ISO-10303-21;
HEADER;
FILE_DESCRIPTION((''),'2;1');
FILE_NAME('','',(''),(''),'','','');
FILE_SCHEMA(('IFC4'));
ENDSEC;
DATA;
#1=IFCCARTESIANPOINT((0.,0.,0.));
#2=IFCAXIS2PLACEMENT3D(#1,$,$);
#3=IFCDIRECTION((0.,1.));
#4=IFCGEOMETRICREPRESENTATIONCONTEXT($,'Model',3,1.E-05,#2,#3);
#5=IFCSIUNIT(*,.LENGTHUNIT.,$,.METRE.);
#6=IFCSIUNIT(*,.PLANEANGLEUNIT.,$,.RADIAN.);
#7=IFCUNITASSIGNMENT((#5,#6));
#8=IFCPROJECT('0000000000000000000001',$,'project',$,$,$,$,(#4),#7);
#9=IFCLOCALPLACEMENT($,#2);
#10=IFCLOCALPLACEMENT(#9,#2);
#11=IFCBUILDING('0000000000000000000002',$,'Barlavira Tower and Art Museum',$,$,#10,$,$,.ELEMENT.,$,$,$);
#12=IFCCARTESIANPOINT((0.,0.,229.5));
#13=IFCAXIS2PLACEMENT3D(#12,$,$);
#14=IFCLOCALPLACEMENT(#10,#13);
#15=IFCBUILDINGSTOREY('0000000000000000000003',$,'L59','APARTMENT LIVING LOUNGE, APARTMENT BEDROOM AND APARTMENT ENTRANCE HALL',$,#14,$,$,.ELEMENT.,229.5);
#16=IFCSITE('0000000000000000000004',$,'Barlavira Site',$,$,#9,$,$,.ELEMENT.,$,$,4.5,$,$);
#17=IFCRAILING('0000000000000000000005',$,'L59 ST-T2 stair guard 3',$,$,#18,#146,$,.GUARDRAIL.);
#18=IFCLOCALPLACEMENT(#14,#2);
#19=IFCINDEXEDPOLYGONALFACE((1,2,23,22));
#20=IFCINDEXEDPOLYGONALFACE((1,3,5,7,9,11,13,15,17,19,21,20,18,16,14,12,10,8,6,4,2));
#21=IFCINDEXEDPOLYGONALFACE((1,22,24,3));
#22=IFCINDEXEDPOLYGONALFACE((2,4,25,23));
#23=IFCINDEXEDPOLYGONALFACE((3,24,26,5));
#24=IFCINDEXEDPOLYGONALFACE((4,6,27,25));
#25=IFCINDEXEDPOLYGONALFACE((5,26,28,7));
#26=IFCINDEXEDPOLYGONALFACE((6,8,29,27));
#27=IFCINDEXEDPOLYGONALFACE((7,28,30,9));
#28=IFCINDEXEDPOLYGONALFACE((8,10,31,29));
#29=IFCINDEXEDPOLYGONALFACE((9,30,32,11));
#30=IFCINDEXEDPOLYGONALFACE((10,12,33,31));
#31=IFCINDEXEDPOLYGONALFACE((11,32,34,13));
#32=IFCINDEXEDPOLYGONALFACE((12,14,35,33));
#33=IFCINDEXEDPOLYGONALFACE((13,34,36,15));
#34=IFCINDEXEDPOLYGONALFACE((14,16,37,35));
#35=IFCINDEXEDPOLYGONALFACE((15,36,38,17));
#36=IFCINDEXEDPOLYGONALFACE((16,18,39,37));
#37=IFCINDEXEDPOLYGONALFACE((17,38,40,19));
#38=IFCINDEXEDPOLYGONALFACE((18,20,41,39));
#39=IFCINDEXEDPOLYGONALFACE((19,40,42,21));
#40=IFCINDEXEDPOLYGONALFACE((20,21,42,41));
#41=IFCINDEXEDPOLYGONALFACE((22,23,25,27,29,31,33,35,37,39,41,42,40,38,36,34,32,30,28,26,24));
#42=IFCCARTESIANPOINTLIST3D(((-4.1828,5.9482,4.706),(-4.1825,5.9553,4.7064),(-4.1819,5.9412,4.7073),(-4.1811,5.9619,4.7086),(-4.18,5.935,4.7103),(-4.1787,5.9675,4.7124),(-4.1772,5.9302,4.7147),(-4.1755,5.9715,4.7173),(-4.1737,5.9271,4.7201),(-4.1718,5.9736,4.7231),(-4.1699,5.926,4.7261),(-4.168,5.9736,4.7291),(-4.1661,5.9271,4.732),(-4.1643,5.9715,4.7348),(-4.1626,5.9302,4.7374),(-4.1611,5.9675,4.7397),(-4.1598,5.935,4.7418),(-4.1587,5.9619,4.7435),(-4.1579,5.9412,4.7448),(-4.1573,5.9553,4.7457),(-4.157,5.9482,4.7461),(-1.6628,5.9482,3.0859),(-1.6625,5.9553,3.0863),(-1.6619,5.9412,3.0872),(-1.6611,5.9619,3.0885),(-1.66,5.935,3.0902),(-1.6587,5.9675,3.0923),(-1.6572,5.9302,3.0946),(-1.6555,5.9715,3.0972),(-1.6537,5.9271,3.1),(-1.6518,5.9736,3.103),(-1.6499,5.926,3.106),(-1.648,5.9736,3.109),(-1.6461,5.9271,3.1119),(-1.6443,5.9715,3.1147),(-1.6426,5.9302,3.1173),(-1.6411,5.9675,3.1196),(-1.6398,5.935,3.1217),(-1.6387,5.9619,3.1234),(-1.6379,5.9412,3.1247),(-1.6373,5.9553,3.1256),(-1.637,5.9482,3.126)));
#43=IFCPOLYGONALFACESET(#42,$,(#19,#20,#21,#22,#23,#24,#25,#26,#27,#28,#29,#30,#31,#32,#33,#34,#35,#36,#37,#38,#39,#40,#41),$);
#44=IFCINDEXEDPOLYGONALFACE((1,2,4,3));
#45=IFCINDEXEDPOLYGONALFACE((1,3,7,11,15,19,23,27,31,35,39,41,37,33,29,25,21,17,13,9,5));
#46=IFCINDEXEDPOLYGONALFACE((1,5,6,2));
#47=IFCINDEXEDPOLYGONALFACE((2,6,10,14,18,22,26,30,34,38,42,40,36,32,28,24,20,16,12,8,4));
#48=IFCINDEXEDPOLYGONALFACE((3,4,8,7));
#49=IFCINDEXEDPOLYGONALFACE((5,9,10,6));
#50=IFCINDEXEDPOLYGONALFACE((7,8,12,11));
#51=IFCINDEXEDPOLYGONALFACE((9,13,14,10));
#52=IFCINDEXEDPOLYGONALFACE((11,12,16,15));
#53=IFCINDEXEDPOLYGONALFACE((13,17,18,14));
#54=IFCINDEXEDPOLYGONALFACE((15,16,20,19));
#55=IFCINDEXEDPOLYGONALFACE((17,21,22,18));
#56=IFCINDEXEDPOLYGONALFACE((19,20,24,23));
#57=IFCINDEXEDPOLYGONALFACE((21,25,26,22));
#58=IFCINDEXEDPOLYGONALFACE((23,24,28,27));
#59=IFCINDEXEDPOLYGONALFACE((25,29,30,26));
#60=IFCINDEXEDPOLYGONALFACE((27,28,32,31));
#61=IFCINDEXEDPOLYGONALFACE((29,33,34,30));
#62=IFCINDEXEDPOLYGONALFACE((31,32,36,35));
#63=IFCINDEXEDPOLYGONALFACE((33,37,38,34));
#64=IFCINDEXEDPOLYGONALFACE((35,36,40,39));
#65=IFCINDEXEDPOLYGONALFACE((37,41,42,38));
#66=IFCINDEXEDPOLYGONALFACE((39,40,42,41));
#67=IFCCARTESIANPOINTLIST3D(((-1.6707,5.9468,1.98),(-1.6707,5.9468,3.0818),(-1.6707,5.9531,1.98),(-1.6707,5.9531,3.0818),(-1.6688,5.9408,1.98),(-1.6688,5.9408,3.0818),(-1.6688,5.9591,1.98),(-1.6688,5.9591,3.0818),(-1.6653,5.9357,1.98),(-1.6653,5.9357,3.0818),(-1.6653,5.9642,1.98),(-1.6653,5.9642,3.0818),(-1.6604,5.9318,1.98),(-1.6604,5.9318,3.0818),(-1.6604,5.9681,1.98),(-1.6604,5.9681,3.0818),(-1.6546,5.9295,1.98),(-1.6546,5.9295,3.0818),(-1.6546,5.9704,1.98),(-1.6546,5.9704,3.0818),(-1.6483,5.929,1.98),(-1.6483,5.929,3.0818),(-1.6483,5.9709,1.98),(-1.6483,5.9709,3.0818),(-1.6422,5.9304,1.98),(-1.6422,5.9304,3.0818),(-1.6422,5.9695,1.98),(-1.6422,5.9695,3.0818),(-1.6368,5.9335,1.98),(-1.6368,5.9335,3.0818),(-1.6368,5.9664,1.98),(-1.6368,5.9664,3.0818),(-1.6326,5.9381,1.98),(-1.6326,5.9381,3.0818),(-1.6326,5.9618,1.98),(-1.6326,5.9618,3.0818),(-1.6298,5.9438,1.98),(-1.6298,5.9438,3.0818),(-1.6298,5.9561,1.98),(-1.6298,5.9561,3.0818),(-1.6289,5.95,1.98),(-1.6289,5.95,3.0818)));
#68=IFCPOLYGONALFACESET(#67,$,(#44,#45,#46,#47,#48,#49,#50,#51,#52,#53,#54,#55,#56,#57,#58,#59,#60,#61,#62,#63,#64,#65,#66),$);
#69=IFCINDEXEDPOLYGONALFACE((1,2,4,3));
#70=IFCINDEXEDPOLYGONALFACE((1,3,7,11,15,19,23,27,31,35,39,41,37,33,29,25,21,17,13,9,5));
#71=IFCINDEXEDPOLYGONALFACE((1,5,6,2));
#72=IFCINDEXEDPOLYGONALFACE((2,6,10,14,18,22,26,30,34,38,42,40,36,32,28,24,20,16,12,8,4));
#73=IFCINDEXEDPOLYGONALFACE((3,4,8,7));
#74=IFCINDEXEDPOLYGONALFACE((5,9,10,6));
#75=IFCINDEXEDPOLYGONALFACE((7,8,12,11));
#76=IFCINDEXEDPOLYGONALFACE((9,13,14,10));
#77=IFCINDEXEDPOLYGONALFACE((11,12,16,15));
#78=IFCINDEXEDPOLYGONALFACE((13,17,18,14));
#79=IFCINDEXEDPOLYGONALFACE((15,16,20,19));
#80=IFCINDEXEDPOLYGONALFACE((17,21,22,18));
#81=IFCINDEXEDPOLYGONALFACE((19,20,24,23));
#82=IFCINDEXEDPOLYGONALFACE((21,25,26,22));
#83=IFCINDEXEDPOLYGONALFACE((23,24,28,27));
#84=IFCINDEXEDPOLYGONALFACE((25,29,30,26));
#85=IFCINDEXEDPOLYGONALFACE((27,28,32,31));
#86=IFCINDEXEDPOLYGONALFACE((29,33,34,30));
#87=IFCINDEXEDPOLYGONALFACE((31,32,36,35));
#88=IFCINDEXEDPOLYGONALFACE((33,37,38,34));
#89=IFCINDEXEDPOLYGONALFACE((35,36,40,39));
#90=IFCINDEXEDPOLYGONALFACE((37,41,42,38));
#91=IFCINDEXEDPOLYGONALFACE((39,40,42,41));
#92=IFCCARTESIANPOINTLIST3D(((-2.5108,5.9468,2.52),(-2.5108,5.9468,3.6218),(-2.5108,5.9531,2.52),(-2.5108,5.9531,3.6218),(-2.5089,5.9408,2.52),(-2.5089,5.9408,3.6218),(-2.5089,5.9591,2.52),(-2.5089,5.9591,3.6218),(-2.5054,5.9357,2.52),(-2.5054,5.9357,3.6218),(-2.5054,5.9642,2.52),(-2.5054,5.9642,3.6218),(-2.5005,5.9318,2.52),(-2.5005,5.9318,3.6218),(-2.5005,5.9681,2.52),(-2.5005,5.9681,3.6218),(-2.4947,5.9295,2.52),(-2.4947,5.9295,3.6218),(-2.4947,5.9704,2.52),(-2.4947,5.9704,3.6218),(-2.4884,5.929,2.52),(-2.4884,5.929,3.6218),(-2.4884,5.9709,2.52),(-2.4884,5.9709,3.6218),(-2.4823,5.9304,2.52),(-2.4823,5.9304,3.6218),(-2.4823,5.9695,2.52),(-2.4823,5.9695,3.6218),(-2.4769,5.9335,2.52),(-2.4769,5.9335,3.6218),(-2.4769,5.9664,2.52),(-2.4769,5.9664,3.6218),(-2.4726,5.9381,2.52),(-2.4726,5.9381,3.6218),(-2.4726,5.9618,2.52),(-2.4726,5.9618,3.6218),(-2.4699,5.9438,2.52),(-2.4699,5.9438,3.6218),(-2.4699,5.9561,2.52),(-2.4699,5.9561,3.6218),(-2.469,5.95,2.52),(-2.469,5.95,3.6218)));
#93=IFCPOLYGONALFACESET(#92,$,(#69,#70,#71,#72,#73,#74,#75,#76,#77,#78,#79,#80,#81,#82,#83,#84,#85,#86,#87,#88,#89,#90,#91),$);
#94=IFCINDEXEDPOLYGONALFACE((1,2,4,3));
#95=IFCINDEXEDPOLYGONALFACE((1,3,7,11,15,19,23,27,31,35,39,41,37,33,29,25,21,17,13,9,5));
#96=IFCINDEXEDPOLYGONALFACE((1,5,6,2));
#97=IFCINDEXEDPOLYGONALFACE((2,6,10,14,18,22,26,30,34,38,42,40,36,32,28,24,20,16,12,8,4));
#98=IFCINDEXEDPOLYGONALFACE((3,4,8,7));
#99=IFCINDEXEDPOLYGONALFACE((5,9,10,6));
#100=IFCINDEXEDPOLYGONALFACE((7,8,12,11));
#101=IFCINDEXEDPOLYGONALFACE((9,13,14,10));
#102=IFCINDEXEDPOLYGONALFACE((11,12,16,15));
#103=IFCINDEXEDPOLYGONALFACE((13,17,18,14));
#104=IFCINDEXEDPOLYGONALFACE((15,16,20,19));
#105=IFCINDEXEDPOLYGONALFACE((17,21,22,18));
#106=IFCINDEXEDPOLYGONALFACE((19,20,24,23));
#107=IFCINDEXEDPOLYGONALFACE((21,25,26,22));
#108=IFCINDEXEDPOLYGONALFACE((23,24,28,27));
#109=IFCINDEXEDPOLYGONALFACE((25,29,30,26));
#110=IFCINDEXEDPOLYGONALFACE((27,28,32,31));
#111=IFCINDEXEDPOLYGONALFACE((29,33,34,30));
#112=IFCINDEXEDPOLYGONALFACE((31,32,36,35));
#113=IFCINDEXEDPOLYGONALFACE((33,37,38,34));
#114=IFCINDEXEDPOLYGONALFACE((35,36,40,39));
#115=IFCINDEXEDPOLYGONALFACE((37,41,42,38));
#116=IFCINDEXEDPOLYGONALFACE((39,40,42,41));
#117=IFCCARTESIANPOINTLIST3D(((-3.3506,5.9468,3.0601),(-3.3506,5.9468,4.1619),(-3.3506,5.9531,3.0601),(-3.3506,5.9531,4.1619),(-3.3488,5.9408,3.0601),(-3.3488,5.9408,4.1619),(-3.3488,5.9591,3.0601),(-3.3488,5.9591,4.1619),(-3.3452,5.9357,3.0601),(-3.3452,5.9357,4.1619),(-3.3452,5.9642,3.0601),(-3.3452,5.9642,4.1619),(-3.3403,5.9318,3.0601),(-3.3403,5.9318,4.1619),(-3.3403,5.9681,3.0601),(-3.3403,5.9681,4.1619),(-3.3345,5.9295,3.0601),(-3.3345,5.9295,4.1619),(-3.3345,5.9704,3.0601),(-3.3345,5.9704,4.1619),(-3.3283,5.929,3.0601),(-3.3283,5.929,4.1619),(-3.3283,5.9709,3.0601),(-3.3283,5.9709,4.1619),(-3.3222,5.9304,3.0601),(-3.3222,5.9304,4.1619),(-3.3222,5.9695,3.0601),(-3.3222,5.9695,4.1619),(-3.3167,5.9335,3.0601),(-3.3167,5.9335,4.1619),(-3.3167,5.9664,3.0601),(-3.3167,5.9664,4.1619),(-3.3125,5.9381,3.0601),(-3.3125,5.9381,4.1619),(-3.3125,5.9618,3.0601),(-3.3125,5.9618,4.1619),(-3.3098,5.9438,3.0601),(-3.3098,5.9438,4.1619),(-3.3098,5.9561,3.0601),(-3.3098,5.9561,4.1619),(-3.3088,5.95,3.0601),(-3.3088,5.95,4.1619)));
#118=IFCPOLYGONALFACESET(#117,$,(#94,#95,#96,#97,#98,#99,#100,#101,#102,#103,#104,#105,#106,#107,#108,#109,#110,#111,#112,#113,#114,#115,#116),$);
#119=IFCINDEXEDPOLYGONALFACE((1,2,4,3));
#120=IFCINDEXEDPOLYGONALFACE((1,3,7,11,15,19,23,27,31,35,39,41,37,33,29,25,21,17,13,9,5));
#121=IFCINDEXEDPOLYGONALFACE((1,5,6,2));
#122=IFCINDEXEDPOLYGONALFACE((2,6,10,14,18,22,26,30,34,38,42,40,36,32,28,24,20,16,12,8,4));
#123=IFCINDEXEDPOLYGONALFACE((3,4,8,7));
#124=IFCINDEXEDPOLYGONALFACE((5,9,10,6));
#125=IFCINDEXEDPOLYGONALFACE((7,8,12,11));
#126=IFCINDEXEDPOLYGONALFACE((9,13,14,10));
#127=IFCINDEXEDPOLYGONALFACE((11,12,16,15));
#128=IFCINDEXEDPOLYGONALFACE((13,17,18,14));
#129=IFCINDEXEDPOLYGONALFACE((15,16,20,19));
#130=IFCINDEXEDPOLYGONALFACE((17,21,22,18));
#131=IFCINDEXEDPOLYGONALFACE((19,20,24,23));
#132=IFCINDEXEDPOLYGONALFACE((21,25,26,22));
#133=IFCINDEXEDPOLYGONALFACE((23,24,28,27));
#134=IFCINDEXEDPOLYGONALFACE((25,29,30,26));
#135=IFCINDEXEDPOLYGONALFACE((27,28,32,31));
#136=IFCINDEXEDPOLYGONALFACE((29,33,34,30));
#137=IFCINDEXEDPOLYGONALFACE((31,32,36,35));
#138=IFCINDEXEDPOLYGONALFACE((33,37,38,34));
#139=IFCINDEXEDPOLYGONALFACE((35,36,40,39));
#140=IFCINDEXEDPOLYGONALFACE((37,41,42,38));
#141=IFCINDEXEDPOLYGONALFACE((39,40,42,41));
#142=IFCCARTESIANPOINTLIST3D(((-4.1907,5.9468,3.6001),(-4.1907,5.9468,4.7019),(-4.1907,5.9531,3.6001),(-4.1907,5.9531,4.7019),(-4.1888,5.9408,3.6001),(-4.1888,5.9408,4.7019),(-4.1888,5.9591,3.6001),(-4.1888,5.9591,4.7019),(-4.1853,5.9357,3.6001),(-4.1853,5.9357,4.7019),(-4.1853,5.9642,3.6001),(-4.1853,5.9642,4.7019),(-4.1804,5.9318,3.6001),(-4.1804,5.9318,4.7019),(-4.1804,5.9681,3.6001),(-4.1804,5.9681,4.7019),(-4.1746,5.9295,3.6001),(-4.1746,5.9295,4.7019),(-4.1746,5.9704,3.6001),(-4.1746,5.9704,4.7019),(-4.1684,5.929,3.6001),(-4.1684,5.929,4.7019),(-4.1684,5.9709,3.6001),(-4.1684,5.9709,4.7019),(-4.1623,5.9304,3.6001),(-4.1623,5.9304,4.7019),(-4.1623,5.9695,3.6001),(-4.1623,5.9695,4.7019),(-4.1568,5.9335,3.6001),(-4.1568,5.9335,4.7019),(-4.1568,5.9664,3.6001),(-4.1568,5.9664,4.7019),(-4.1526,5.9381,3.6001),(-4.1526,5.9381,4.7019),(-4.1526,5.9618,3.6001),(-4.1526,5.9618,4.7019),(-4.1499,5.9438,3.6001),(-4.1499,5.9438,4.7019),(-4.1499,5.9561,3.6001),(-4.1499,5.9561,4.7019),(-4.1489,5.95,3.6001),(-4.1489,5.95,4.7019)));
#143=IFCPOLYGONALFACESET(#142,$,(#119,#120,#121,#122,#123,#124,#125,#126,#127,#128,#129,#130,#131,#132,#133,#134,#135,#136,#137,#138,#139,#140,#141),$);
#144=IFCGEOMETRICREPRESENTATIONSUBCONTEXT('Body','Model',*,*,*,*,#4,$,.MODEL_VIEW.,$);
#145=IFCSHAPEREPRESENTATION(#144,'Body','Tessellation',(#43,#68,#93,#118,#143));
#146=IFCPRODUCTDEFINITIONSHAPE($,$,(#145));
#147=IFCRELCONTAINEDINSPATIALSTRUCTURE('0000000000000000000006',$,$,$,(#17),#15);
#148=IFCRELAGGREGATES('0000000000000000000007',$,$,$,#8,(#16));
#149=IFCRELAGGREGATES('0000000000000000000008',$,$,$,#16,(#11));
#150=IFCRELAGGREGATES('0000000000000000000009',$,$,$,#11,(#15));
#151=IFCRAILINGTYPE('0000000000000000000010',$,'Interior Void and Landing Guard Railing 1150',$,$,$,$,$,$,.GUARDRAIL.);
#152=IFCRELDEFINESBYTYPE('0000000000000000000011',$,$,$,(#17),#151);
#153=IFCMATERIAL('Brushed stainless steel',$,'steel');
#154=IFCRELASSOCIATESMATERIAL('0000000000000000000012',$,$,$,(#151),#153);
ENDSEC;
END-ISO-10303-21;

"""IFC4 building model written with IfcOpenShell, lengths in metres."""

from ifc_helpers import new_model, si_unit, direction, frame, origin, origin_2d, place, context, subcontext, project, spatial, circle, extrude, material, type_object, element, save


model = new_model("IFC4")

# Units and contexts
model_context = context("Model", 3, precision=1e-05, world=origin(), true_north=direction((0.0, 1.0)))
body_context = subcontext(model_context, "Body", "Model", "MODEL_VIEW")
ifc_project = project(units=[si_unit("LENGTHUNIT", "METRE"), si_unit("PLANEANGLEUNIT", "RADIAN")], contexts=[model_context])

# Site, building, storey
site_placement = place(None, origin())
site = spatial("IfcSite", under=ifc_project, at=site_placement, Name="Barlavira Site", CompositionType="ELEMENT", RefElevation=4.5)
building_placement = place(site_placement, origin())
building = spatial("IfcBuilding", under=site, at=building_placement, Name="Barlavira Tower and Art Museum", CompositionType="ELEMENT")
storey_placement = place(building_placement, frame((0.0, 0.0, 229.5)))
storey = spatial("IfcBuildingStorey", under=building, at=storey_placement, Name="L59", Description="APARTMENT LIVING LOUNGE, APARTMENT BEDROOM AND APARTMENT ENTRANCE HALL", CompositionType="ELEMENT", Elevation=229.5)

# Shared definitions
ifc_material_1 = material(Name="Brushed stainless steel", Category="steel")

# Railing
railing_type_1 = type_object("IfcRailingType", Name="Interior Void and Landing Guard Railing 1150", PredefinedType="GUARDRAIL", material=ifc_material_1)
railing_1_placement = place(storey_placement, frame((-1.6499, 5.95, 1.98)))
element("IfcRailing", 1, at=railing_1_placement, inside=storey, type_object=railing_type_1, Name="L59 ST-T2 stair guard 3", PredefinedType="GUARDRAIL", context=body_context, shape_type="SweptSolid", body=[
    extrude(circle(Radius=0.0239, at=origin_2d()), frame((0.0, 0.0, 1.126), z_axis=(-0.841163, 0.0, 0.540782), x_axis=(0.0, -1.0, 0.0)), (0.0, 0.0, 1.0), 2.9958),
    extrude(circle(Radius=0.021, at=origin_2d()), origin(), (0.0, 0.0, 1.0), 1.1018),
    extrude(circle(Radius=0.021, at=origin_2d()), frame((-0.8401, 0.0, 0.54)), (0.0, 0.0, 1.0), 1.1018),
    extrude(circle(Radius=0.021, at=origin_2d()), frame((-1.6799, 0.0, 1.0801)), (0.0, 0.0, 1.0), 1.1018),
    extrude(circle(Radius=0.021, at=origin_2d()), frame((-2.52, 0.0, 1.6201)), (0.0, 0.0, 1.0), 1.1018),
])

save(model, "model.ifc")
